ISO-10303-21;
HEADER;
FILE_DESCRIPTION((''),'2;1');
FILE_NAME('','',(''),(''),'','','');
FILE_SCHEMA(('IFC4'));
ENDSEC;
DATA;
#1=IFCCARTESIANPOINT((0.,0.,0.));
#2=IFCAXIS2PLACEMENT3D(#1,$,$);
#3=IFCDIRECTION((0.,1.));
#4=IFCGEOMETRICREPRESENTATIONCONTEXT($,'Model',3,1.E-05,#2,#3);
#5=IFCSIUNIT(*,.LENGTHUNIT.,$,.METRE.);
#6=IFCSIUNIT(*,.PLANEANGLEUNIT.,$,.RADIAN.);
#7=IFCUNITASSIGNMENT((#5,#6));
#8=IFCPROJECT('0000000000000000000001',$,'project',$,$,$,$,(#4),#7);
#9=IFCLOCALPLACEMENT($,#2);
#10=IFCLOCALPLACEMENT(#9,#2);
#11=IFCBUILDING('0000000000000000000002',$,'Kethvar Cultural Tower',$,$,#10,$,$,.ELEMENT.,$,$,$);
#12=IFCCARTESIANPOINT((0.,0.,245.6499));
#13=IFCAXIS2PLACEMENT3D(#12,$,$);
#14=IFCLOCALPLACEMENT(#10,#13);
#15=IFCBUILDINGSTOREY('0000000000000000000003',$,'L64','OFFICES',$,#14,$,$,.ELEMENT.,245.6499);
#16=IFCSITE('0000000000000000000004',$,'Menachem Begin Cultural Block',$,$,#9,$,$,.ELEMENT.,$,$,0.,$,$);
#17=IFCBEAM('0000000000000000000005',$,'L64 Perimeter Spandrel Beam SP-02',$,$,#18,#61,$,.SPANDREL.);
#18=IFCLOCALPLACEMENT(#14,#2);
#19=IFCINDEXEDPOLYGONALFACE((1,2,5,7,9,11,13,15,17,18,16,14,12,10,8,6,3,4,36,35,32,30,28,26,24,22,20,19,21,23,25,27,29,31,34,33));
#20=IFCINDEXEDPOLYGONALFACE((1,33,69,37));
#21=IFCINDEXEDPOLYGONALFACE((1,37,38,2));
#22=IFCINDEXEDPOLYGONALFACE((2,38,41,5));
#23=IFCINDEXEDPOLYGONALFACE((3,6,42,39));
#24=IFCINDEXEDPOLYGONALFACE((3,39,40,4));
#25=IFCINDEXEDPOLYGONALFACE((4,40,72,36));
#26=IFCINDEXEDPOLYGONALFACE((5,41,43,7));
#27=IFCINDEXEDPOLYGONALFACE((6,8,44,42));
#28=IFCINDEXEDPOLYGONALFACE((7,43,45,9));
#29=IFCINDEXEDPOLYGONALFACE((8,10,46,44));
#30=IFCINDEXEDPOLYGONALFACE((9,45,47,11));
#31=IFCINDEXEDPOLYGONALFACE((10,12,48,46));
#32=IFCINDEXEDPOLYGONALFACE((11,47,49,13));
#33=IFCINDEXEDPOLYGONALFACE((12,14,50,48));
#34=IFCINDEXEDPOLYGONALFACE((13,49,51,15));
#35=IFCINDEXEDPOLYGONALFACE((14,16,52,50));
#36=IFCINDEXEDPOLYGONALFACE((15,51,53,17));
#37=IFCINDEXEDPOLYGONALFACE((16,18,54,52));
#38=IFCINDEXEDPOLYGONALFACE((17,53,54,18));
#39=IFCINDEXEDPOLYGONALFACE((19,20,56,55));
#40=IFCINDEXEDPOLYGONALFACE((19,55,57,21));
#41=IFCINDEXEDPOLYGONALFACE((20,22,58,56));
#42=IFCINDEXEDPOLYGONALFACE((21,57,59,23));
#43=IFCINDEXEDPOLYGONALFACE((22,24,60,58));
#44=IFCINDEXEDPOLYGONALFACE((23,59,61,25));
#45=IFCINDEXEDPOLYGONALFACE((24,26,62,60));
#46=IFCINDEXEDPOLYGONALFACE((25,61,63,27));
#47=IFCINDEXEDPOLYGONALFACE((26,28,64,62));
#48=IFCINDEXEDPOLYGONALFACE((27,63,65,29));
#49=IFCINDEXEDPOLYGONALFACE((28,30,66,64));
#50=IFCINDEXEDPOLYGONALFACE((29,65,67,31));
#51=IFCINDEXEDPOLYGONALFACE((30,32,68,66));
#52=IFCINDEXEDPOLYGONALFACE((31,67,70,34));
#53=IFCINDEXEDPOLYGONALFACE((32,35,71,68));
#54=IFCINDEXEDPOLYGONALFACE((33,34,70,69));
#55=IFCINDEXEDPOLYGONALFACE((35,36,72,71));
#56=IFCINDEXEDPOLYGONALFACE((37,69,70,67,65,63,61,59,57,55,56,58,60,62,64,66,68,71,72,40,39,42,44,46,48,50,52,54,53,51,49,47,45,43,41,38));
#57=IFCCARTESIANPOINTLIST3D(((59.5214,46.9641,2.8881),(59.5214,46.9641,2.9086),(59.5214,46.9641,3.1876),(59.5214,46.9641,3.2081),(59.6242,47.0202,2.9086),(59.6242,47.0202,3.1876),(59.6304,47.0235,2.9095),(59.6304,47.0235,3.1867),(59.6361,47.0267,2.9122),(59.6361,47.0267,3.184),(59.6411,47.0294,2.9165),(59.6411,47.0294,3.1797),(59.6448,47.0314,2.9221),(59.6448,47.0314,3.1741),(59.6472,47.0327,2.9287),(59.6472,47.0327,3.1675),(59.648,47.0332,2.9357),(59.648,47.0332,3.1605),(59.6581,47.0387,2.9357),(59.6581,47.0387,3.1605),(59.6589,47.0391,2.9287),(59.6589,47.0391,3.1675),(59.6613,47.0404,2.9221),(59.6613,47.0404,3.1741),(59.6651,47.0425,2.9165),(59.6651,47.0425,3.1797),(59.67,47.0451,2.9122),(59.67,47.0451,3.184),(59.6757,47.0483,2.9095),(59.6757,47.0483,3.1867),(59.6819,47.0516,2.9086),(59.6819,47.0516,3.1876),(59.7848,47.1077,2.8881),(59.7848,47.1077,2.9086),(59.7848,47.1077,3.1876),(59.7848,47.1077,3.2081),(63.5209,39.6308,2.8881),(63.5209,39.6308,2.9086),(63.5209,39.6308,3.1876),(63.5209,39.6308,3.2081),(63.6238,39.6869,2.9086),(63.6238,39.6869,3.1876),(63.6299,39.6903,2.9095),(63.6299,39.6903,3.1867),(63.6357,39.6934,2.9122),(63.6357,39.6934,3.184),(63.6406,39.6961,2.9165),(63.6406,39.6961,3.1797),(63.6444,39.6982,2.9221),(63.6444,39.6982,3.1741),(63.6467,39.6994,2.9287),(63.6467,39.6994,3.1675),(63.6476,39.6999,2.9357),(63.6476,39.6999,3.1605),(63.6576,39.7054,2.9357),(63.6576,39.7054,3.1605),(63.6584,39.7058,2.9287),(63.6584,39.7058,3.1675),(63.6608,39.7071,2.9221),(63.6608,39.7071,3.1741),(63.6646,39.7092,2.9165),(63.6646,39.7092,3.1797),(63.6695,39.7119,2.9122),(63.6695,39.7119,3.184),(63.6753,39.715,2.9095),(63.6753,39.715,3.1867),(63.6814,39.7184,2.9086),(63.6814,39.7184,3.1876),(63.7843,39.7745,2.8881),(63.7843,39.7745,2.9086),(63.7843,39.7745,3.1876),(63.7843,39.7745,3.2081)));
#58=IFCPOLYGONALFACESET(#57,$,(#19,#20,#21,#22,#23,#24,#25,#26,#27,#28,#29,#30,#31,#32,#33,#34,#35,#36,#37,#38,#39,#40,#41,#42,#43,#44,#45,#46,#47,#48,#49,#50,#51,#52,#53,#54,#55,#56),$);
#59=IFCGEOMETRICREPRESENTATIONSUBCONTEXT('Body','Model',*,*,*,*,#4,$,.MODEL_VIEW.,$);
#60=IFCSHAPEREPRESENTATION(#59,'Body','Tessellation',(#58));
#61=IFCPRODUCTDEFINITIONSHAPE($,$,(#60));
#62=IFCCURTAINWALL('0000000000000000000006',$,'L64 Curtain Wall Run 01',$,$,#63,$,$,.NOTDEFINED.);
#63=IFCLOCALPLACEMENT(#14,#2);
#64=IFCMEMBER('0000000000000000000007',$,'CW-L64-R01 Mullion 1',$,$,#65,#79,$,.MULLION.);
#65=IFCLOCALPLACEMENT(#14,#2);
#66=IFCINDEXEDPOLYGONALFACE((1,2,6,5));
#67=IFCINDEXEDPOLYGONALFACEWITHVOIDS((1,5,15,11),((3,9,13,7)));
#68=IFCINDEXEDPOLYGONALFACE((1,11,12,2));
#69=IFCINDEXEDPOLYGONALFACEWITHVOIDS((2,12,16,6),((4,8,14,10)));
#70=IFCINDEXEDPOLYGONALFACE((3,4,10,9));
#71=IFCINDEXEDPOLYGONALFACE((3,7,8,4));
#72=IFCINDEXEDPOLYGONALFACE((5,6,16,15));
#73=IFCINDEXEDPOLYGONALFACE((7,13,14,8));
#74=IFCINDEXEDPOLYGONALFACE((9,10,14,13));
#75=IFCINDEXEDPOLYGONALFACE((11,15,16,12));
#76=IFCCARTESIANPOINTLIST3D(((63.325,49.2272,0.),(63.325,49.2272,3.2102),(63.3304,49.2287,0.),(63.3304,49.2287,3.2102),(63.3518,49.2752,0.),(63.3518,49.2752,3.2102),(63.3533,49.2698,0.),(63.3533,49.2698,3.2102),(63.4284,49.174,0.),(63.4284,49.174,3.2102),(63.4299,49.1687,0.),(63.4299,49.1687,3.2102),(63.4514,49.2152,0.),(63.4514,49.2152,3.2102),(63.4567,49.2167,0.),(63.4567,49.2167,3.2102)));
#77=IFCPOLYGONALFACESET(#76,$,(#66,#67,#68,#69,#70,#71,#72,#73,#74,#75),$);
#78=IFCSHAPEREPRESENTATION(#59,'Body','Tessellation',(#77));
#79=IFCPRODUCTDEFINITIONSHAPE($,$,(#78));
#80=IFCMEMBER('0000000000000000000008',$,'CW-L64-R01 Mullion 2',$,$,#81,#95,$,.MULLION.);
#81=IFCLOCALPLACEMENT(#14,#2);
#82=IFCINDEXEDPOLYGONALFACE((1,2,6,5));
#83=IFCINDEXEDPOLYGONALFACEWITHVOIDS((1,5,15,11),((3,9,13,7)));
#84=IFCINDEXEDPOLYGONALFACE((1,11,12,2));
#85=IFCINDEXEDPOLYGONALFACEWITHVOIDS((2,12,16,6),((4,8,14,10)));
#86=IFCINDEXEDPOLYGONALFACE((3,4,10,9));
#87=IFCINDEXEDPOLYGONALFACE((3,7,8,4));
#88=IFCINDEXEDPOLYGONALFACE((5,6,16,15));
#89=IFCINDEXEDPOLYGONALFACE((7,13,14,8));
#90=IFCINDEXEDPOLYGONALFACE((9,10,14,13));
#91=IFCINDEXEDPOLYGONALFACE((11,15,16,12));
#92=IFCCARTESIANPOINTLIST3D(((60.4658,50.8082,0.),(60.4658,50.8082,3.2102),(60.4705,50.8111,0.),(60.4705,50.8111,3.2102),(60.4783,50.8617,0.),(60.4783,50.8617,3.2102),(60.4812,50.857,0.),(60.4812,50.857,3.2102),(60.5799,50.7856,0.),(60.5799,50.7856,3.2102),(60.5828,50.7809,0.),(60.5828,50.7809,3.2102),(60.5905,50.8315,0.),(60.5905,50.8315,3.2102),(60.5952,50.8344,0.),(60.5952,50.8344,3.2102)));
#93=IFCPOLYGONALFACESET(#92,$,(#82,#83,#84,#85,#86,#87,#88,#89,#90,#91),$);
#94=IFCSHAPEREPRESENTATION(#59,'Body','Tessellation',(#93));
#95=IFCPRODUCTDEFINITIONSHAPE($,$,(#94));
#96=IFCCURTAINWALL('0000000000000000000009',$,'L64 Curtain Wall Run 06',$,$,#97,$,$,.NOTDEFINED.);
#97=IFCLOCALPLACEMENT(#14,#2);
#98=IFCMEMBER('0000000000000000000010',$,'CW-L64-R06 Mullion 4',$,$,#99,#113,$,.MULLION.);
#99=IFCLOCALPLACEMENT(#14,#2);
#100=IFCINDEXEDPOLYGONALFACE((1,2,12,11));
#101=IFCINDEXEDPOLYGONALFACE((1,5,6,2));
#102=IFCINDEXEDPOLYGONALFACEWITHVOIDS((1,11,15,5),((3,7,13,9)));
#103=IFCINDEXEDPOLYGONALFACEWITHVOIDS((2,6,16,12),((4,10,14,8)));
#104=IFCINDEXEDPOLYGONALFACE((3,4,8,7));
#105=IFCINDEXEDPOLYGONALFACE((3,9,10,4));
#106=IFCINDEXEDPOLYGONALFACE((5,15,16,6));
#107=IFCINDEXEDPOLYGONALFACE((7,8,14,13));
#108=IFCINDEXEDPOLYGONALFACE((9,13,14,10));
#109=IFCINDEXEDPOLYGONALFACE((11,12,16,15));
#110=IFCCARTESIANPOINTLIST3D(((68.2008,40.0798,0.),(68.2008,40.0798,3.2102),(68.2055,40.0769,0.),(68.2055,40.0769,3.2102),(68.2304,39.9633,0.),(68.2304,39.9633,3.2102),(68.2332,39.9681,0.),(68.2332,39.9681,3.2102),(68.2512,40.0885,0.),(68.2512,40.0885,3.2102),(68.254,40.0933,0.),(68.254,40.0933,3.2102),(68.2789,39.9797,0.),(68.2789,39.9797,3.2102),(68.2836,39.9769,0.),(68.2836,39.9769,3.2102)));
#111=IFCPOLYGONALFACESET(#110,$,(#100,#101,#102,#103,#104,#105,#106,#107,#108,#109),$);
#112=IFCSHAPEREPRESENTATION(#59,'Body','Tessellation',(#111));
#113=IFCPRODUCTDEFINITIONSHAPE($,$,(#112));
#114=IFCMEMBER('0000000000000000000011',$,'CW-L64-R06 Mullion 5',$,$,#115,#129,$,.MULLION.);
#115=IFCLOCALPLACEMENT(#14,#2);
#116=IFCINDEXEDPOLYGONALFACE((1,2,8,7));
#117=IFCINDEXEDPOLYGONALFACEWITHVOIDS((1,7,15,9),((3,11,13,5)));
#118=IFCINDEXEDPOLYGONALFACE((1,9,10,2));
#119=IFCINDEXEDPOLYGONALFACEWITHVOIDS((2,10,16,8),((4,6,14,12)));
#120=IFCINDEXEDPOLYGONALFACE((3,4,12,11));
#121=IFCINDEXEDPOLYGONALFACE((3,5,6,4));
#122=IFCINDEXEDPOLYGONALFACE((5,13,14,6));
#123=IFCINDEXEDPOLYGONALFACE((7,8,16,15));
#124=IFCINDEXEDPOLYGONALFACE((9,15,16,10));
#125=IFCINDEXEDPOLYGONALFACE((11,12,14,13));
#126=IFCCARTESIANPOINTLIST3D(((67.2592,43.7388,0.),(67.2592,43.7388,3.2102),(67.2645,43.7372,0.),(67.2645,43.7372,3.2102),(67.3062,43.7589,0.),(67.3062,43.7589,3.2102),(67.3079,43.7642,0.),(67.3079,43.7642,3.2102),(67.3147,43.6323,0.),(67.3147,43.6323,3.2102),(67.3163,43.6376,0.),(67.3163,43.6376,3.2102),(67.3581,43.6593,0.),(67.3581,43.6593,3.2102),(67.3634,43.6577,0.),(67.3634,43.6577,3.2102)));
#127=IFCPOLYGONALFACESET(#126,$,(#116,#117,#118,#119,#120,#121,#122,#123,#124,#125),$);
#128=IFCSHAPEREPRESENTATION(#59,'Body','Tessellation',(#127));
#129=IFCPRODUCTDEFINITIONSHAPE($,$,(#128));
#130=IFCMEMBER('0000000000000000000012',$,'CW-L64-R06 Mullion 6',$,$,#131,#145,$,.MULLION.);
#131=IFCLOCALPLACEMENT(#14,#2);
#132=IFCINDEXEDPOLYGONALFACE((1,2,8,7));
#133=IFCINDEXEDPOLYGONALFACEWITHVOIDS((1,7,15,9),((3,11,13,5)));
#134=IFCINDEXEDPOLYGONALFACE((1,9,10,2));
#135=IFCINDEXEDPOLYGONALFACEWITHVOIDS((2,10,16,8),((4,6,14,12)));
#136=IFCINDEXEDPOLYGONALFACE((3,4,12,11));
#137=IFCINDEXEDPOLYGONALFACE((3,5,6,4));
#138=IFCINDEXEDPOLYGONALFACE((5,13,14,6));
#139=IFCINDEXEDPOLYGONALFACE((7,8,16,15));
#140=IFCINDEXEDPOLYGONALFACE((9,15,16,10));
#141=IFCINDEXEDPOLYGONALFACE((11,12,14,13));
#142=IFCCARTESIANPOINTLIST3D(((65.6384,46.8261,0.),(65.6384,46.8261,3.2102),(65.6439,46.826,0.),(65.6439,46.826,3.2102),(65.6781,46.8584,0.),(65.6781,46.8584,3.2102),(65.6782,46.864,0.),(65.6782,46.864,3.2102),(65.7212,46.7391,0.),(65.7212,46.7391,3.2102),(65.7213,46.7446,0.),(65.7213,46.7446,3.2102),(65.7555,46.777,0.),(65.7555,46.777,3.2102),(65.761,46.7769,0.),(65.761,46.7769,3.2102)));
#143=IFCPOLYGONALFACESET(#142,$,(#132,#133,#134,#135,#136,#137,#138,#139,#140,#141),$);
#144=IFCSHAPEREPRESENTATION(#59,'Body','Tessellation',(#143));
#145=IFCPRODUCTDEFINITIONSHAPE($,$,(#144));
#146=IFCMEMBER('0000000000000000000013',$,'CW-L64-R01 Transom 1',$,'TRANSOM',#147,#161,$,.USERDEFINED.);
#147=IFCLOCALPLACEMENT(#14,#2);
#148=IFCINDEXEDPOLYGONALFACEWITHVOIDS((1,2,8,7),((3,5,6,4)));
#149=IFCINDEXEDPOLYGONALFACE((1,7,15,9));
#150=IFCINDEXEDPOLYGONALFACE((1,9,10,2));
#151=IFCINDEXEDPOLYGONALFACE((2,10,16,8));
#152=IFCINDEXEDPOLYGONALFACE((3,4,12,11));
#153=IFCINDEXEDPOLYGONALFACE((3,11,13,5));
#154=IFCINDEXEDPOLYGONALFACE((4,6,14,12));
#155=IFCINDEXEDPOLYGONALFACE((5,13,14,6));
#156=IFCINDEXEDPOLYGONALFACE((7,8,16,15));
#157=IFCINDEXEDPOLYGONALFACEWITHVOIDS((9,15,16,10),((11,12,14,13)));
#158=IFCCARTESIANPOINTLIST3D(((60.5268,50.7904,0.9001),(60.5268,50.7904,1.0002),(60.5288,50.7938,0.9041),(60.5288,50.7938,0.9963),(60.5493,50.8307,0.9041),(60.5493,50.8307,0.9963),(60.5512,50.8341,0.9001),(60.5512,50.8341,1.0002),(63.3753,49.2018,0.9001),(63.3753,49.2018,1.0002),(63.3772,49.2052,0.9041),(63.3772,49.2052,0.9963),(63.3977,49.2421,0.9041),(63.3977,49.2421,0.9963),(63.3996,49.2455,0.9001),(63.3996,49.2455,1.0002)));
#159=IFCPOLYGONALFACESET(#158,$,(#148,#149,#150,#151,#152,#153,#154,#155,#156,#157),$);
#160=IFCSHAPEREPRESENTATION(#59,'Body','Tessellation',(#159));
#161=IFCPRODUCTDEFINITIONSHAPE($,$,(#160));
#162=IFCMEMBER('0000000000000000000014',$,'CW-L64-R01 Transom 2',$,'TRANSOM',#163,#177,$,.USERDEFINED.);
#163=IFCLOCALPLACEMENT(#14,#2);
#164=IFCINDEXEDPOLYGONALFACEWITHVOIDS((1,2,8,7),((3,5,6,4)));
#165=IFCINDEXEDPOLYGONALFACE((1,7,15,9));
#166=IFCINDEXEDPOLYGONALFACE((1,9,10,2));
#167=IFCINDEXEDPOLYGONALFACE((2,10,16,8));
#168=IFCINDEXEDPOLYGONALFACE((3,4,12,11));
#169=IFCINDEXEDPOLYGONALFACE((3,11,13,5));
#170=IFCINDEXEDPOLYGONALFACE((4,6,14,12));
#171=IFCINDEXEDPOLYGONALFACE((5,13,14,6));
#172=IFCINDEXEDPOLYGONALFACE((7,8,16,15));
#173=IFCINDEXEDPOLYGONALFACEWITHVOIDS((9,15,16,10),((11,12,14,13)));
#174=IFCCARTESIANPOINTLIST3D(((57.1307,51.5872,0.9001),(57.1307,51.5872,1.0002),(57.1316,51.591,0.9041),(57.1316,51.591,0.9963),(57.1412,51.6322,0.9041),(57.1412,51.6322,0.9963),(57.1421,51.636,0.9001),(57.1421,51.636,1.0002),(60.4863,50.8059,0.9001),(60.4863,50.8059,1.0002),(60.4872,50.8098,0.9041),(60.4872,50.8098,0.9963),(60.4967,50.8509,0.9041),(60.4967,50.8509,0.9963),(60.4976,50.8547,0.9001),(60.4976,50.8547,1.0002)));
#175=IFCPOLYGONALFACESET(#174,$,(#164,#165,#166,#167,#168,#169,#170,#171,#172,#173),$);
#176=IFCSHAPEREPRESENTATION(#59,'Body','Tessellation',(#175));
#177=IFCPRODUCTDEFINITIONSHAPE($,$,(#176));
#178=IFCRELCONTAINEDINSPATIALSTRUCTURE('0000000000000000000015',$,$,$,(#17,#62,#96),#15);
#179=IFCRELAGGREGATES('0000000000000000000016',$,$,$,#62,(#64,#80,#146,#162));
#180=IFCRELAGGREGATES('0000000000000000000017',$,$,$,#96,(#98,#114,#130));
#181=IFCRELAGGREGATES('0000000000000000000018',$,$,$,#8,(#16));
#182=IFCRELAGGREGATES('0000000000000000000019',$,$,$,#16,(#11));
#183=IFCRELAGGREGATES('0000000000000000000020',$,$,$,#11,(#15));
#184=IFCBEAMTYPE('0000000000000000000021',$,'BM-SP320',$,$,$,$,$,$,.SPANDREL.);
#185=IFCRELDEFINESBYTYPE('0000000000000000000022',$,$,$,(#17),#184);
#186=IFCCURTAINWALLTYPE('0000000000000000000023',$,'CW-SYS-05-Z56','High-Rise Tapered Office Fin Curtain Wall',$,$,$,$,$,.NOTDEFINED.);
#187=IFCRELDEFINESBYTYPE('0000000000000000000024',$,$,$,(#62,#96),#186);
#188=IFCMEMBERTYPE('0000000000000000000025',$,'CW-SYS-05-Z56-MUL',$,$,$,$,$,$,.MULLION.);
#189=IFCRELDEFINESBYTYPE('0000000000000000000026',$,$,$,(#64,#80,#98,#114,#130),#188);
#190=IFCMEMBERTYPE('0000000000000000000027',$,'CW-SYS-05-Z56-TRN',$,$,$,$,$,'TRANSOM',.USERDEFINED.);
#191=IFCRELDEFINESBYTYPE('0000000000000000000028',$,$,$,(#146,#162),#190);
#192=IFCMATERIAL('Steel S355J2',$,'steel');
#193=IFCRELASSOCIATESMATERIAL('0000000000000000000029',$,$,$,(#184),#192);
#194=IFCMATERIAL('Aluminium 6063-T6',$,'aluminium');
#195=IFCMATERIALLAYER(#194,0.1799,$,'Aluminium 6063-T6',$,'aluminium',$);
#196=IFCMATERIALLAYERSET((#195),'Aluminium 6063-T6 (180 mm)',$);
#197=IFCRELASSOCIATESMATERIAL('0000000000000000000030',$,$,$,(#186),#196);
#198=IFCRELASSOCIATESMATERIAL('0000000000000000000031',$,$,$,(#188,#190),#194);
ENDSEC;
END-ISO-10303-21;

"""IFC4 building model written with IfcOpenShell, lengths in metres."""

from ifc_helpers import new_model, si_unit, direction, frame, origin, origin_2d, place, context, subcontext, project, spatial, hollow_rectangle, i_section, extrude, source, transform, mapped, material, layer, layer_set, material_profile, profile_set, type_object, element, aggregate, save


model = new_model("IFC4")

# Units and contexts
model_context = context("Model", 3, precision=1e-05, world=origin(), true_north=direction((0.0, 1.0)))
body_context = subcontext(model_context, "Body", "Model", "MODEL_VIEW")
ifc_project = project(units=[si_unit("LENGTHUNIT", "METRE"), si_unit("PLANEANGLEUNIT", "RADIAN")], contexts=[model_context])

# Site, building, storey
site_placement = place(None, origin())
site = spatial("IfcSite", under=ifc_project, at=site_placement, Name="Menachem Begin Cultural Block", CompositionType="ELEMENT", RefElevation=0.0)
building_placement = place(site_placement, origin())
building = spatial("IfcBuilding", under=site, at=building_placement, Name="Kethvar Cultural Tower", CompositionType="ELEMENT")
storey_placement = place(building_placement, frame((0.0, 0.0, 245.6499)))
storey = spatial("IfcBuildingStorey", under=building, at=storey_placement, Name="L64", Description="OFFICES", CompositionType="ELEMENT", Elevation=245.6499)

# Beam
ifc_material_1 = material(Name="Steel S355J2", Category="steel")
ifc_material_profile_1 = material_profile(ifc_material_1, i_section(OverallWidth=0.3, OverallDepth=0.3201, WebThickness=0.0115, FlangeThickness=0.0205, FilletRadius=0.0271, at=origin_2d()), Name="Steel S355J2 — HEB320")
ifc_profile_set_1 = profile_set([ifc_material_profile_1], Name="Steel S355J2 — HEB320")
beam_type = type_object("IfcBeamType", Name="BM-SP320", PredefinedType="SPANDREL", material=ifc_profile_set_1)
shared_shape_1 = source(origin(), body_context, "Body", "SweptSolid", [
    extrude(i_section(OverallWidth=0.3, OverallDepth=0.3201, WebThickness=0.0115, FlangeThickness=0.0205, FilletRadius=0.0271, at=origin_2d()), origin(), (0.0, 0.0, 1.0), 8.353),
])
beam_placement = place(storey_placement, frame((63.6526, 39.7026, 3.0481), z_axis=(-0.478811, 0.877918, 0.0), x_axis=(-0.877918, -0.478811, 0.0)))
element("IfcBeam", 1, at=beam_placement, inside=storey, type_object=beam_type, Name="L64 Perimeter Spandrel Beam SP-02", PredefinedType="SPANDREL", context=body_context, shape_type="MappedRepresentation", body=[
    mapped(shared_shape_1, transform((0.0, 0.0, 0.0), scale=1.0)),
])

# Curtain walls, members
ifc_material_2 = material(Name="Aluminium 6063-T6", Category="aluminium")
ifc_layer_1 = layer(ifc_material_2, 0.1799, Name="Aluminium 6063-T6", Category="aluminium")
ifc_layer_set_1 = layer_set([ifc_layer_1], Name="Aluminium 6063-T6 (180 mm)")
curtain_wall_type = type_object("IfcCurtainWallType", Name="CW-SYS-05-Z56", Description="High-Rise Tapered Office Fin Curtain Wall", PredefinedType="NOTDEFINED", material=ifc_layer_set_1)
curtain_wall_1_placement = place(storey_placement, origin())
curtain_wall_1 = element("IfcCurtainWall", 2, at=curtain_wall_1_placement, inside=storey, type_object=curtain_wall_type, Name="L64 Curtain Wall Run 01", PredefinedType="NOTDEFINED")
ifc_material_profile_2 = material_profile(ifc_material_2, hollow_rectangle(XDim=0.0549, YDim=0.1201, WallThickness=0.0039, at=origin_2d()), Name="Aluminium 6063-T6 — RHS120x55x4")
ifc_profile_set_2 = profile_set([ifc_material_profile_2], Name="Aluminium 6063-T6 — RHS120x55x4")
member_type_1 = type_object("IfcMemberType", Name="CW-SYS-05-Z56-MUL", PredefinedType="MULLION", material=ifc_profile_set_2)
shared_shape_2 = source(origin(), body_context, "Body", "SweptSolid", [
    extrude(hollow_rectangle(XDim=0.0549, YDim=0.1201, WallThickness=0.0039, at=origin_2d()), origin(), (0.0, 0.0, 1.0), 3.2102),
])
member_1_placement = place(storey_placement, frame((63.3909, 49.2219, 0.0), z_axis=(0.0, 0.0, 1.0), x_axis=(-0.487037, -0.873381, 0.0)))
member_1 = element("IfcMember", 3, at=member_1_placement, type_object=member_type_1, Name="CW-L64-R01 Mullion 1", PredefinedType="MULLION", context=body_context, shape_type="MappedRepresentation", body=[
    mapped(shared_shape_2, transform((0.0, 0.0, 0.0), scale=1.0)),
])
member_2_placement = place(storey_placement, frame((60.5305, 50.8213, 0.0), z_axis=(0.0, 0.0, 1.0), x_axis=(-0.226736, -0.973956, 0.0)))
member_2 = element("IfcMember", 4, at=member_2_placement, type_object=member_type_1, Name="CW-L64-R01 Mullion 2", PredefinedType="MULLION", context=body_context, shape_type="MappedRepresentation", body=[
    mapped(shared_shape_2, transform((0.0, 0.0, 0.0), scale=1.0)),
])
curtain_wall_2_placement = place(storey_placement, origin())
curtain_wall_2 = element("IfcCurtainWall", 5, at=curtain_wall_2_placement, inside=storey, type_object=curtain_wall_type, Name="L64 Curtain Wall Run 06", PredefinedType="NOTDEFINED")
member_3_placement = place(storey_placement, frame((68.2422, 40.0283, 0.0), z_axis=(0.0, 0.0, 1.0), x_axis=(-0.969132, -0.246542, 0.0)))
member_3 = element("IfcMember", 6, at=member_3_placement, type_object=member_type_1, Name="CW-L64-R06 Mullion 4", PredefinedType="MULLION", context=body_context, shape_type="MappedRepresentation", body=[
    mapped(shared_shape_2, transform((0.0, 0.0, 0.0), scale=1.0)),
])
member_4_placement = place(storey_placement, frame((67.3113, 43.6982, 0.0), z_axis=(0.0, 0.0, 1.0), x_axis=(-0.886971, -0.461826, 0.0)))
member_4 = element("IfcMember", 7, at=member_4_placement, type_object=member_type_1, Name="CW-L64-R06 Mullion 5", PredefinedType="MULLION", context=body_context, shape_type="MappedRepresentation", body=[
    mapped(shared_shape_2, transform((0.0, 0.0, 0.0), scale=1.0)),
])
member_5_placement = place(storey_placement, frame((65.6997, 46.8015, 0.0), z_axis=(0.0, 0.0, 1.0), x_axis=(-0.724821, -0.688937, 0.0)))
member_5 = element("IfcMember", 8, at=member_5_placement, type_object=member_type_1, Name="CW-L64-R06 Mullion 6", PredefinedType="MULLION", context=body_context, shape_type="MappedRepresentation", body=[
    mapped(shared_shape_2, transform((0.0, 0.0, 0.0), scale=1.0)),
])

# Members
ifc_material_profile_3 = material_profile(ifc_material_2, hollow_rectangle(XDim=0.05, YDim=0.1001, WallThickness=0.0039, at=origin_2d()), Name="Aluminium 6063-T6 — RHS100x50x4")
ifc_profile_set_3 = profile_set([ifc_material_profile_3], Name="Aluminium 6063-T6 — RHS100x50x4")
member_type_2 = type_object("IfcMemberType", Name="CW-SYS-05-Z56-TRN", ElementType="TRANSOM", PredefinedType="USERDEFINED", material=ifc_profile_set_3)
shared_shape_3 = source(origin(), body_context, "Body", "SweptSolid", [
    extrude(hollow_rectangle(XDim=0.05, YDim=0.1001, WallThickness=0.0039, at=origin_2d()), origin(), (0.0, 0.0, 1.0), 3.2615),
])
member_6_placement = place(storey_placement, frame((63.3875, 49.2236, 0.9502), z_axis=(-0.873351, 0.487091, 0.0), x_axis=(-0.487091, -0.873351, 0.0)))
member_6 = element("IfcMember", 9, at=member_6_placement, type_object=member_type_2, Name="CW-L64-R01 Transom 1", ObjectType="TRANSOM", PredefinedType="USERDEFINED", context=body_context, shape_type="MappedRepresentation", body=[
    mapped(shared_shape_3, transform((0.0, 0.0, 0.0), scale=1.0)),
])
shared_shape_4 = source(origin(), body_context, "Body", "SweptSolid", [
    extrude(hollow_rectangle(XDim=0.05, YDim=0.1001, WallThickness=0.0039, at=origin_2d()), origin(), (0.0, 0.0, 1.0), 3.4453),
])
member_7_placement = place(storey_placement, frame((60.4919, 50.8303, 0.9502), z_axis=(-0.97395, 0.226764, 0.0), x_axis=(-0.226764, -0.97395, 0.0)))
member_7 = element("IfcMember", 10, at=member_7_placement, type_object=member_type_2, Name="CW-L64-R01 Transom 2", ObjectType="TRANSOM", PredefinedType="USERDEFINED", context=body_context, shape_type="MappedRepresentation", body=[
    mapped(shared_shape_4, transform((0.0, 0.0, 0.0), scale=1.0)),
])

aggregate(curtain_wall_1, [member_1, member_2, member_6, member_7])
aggregate(curtain_wall_2, [member_3, member_4, member_5])

save(model, "model.ifc")
